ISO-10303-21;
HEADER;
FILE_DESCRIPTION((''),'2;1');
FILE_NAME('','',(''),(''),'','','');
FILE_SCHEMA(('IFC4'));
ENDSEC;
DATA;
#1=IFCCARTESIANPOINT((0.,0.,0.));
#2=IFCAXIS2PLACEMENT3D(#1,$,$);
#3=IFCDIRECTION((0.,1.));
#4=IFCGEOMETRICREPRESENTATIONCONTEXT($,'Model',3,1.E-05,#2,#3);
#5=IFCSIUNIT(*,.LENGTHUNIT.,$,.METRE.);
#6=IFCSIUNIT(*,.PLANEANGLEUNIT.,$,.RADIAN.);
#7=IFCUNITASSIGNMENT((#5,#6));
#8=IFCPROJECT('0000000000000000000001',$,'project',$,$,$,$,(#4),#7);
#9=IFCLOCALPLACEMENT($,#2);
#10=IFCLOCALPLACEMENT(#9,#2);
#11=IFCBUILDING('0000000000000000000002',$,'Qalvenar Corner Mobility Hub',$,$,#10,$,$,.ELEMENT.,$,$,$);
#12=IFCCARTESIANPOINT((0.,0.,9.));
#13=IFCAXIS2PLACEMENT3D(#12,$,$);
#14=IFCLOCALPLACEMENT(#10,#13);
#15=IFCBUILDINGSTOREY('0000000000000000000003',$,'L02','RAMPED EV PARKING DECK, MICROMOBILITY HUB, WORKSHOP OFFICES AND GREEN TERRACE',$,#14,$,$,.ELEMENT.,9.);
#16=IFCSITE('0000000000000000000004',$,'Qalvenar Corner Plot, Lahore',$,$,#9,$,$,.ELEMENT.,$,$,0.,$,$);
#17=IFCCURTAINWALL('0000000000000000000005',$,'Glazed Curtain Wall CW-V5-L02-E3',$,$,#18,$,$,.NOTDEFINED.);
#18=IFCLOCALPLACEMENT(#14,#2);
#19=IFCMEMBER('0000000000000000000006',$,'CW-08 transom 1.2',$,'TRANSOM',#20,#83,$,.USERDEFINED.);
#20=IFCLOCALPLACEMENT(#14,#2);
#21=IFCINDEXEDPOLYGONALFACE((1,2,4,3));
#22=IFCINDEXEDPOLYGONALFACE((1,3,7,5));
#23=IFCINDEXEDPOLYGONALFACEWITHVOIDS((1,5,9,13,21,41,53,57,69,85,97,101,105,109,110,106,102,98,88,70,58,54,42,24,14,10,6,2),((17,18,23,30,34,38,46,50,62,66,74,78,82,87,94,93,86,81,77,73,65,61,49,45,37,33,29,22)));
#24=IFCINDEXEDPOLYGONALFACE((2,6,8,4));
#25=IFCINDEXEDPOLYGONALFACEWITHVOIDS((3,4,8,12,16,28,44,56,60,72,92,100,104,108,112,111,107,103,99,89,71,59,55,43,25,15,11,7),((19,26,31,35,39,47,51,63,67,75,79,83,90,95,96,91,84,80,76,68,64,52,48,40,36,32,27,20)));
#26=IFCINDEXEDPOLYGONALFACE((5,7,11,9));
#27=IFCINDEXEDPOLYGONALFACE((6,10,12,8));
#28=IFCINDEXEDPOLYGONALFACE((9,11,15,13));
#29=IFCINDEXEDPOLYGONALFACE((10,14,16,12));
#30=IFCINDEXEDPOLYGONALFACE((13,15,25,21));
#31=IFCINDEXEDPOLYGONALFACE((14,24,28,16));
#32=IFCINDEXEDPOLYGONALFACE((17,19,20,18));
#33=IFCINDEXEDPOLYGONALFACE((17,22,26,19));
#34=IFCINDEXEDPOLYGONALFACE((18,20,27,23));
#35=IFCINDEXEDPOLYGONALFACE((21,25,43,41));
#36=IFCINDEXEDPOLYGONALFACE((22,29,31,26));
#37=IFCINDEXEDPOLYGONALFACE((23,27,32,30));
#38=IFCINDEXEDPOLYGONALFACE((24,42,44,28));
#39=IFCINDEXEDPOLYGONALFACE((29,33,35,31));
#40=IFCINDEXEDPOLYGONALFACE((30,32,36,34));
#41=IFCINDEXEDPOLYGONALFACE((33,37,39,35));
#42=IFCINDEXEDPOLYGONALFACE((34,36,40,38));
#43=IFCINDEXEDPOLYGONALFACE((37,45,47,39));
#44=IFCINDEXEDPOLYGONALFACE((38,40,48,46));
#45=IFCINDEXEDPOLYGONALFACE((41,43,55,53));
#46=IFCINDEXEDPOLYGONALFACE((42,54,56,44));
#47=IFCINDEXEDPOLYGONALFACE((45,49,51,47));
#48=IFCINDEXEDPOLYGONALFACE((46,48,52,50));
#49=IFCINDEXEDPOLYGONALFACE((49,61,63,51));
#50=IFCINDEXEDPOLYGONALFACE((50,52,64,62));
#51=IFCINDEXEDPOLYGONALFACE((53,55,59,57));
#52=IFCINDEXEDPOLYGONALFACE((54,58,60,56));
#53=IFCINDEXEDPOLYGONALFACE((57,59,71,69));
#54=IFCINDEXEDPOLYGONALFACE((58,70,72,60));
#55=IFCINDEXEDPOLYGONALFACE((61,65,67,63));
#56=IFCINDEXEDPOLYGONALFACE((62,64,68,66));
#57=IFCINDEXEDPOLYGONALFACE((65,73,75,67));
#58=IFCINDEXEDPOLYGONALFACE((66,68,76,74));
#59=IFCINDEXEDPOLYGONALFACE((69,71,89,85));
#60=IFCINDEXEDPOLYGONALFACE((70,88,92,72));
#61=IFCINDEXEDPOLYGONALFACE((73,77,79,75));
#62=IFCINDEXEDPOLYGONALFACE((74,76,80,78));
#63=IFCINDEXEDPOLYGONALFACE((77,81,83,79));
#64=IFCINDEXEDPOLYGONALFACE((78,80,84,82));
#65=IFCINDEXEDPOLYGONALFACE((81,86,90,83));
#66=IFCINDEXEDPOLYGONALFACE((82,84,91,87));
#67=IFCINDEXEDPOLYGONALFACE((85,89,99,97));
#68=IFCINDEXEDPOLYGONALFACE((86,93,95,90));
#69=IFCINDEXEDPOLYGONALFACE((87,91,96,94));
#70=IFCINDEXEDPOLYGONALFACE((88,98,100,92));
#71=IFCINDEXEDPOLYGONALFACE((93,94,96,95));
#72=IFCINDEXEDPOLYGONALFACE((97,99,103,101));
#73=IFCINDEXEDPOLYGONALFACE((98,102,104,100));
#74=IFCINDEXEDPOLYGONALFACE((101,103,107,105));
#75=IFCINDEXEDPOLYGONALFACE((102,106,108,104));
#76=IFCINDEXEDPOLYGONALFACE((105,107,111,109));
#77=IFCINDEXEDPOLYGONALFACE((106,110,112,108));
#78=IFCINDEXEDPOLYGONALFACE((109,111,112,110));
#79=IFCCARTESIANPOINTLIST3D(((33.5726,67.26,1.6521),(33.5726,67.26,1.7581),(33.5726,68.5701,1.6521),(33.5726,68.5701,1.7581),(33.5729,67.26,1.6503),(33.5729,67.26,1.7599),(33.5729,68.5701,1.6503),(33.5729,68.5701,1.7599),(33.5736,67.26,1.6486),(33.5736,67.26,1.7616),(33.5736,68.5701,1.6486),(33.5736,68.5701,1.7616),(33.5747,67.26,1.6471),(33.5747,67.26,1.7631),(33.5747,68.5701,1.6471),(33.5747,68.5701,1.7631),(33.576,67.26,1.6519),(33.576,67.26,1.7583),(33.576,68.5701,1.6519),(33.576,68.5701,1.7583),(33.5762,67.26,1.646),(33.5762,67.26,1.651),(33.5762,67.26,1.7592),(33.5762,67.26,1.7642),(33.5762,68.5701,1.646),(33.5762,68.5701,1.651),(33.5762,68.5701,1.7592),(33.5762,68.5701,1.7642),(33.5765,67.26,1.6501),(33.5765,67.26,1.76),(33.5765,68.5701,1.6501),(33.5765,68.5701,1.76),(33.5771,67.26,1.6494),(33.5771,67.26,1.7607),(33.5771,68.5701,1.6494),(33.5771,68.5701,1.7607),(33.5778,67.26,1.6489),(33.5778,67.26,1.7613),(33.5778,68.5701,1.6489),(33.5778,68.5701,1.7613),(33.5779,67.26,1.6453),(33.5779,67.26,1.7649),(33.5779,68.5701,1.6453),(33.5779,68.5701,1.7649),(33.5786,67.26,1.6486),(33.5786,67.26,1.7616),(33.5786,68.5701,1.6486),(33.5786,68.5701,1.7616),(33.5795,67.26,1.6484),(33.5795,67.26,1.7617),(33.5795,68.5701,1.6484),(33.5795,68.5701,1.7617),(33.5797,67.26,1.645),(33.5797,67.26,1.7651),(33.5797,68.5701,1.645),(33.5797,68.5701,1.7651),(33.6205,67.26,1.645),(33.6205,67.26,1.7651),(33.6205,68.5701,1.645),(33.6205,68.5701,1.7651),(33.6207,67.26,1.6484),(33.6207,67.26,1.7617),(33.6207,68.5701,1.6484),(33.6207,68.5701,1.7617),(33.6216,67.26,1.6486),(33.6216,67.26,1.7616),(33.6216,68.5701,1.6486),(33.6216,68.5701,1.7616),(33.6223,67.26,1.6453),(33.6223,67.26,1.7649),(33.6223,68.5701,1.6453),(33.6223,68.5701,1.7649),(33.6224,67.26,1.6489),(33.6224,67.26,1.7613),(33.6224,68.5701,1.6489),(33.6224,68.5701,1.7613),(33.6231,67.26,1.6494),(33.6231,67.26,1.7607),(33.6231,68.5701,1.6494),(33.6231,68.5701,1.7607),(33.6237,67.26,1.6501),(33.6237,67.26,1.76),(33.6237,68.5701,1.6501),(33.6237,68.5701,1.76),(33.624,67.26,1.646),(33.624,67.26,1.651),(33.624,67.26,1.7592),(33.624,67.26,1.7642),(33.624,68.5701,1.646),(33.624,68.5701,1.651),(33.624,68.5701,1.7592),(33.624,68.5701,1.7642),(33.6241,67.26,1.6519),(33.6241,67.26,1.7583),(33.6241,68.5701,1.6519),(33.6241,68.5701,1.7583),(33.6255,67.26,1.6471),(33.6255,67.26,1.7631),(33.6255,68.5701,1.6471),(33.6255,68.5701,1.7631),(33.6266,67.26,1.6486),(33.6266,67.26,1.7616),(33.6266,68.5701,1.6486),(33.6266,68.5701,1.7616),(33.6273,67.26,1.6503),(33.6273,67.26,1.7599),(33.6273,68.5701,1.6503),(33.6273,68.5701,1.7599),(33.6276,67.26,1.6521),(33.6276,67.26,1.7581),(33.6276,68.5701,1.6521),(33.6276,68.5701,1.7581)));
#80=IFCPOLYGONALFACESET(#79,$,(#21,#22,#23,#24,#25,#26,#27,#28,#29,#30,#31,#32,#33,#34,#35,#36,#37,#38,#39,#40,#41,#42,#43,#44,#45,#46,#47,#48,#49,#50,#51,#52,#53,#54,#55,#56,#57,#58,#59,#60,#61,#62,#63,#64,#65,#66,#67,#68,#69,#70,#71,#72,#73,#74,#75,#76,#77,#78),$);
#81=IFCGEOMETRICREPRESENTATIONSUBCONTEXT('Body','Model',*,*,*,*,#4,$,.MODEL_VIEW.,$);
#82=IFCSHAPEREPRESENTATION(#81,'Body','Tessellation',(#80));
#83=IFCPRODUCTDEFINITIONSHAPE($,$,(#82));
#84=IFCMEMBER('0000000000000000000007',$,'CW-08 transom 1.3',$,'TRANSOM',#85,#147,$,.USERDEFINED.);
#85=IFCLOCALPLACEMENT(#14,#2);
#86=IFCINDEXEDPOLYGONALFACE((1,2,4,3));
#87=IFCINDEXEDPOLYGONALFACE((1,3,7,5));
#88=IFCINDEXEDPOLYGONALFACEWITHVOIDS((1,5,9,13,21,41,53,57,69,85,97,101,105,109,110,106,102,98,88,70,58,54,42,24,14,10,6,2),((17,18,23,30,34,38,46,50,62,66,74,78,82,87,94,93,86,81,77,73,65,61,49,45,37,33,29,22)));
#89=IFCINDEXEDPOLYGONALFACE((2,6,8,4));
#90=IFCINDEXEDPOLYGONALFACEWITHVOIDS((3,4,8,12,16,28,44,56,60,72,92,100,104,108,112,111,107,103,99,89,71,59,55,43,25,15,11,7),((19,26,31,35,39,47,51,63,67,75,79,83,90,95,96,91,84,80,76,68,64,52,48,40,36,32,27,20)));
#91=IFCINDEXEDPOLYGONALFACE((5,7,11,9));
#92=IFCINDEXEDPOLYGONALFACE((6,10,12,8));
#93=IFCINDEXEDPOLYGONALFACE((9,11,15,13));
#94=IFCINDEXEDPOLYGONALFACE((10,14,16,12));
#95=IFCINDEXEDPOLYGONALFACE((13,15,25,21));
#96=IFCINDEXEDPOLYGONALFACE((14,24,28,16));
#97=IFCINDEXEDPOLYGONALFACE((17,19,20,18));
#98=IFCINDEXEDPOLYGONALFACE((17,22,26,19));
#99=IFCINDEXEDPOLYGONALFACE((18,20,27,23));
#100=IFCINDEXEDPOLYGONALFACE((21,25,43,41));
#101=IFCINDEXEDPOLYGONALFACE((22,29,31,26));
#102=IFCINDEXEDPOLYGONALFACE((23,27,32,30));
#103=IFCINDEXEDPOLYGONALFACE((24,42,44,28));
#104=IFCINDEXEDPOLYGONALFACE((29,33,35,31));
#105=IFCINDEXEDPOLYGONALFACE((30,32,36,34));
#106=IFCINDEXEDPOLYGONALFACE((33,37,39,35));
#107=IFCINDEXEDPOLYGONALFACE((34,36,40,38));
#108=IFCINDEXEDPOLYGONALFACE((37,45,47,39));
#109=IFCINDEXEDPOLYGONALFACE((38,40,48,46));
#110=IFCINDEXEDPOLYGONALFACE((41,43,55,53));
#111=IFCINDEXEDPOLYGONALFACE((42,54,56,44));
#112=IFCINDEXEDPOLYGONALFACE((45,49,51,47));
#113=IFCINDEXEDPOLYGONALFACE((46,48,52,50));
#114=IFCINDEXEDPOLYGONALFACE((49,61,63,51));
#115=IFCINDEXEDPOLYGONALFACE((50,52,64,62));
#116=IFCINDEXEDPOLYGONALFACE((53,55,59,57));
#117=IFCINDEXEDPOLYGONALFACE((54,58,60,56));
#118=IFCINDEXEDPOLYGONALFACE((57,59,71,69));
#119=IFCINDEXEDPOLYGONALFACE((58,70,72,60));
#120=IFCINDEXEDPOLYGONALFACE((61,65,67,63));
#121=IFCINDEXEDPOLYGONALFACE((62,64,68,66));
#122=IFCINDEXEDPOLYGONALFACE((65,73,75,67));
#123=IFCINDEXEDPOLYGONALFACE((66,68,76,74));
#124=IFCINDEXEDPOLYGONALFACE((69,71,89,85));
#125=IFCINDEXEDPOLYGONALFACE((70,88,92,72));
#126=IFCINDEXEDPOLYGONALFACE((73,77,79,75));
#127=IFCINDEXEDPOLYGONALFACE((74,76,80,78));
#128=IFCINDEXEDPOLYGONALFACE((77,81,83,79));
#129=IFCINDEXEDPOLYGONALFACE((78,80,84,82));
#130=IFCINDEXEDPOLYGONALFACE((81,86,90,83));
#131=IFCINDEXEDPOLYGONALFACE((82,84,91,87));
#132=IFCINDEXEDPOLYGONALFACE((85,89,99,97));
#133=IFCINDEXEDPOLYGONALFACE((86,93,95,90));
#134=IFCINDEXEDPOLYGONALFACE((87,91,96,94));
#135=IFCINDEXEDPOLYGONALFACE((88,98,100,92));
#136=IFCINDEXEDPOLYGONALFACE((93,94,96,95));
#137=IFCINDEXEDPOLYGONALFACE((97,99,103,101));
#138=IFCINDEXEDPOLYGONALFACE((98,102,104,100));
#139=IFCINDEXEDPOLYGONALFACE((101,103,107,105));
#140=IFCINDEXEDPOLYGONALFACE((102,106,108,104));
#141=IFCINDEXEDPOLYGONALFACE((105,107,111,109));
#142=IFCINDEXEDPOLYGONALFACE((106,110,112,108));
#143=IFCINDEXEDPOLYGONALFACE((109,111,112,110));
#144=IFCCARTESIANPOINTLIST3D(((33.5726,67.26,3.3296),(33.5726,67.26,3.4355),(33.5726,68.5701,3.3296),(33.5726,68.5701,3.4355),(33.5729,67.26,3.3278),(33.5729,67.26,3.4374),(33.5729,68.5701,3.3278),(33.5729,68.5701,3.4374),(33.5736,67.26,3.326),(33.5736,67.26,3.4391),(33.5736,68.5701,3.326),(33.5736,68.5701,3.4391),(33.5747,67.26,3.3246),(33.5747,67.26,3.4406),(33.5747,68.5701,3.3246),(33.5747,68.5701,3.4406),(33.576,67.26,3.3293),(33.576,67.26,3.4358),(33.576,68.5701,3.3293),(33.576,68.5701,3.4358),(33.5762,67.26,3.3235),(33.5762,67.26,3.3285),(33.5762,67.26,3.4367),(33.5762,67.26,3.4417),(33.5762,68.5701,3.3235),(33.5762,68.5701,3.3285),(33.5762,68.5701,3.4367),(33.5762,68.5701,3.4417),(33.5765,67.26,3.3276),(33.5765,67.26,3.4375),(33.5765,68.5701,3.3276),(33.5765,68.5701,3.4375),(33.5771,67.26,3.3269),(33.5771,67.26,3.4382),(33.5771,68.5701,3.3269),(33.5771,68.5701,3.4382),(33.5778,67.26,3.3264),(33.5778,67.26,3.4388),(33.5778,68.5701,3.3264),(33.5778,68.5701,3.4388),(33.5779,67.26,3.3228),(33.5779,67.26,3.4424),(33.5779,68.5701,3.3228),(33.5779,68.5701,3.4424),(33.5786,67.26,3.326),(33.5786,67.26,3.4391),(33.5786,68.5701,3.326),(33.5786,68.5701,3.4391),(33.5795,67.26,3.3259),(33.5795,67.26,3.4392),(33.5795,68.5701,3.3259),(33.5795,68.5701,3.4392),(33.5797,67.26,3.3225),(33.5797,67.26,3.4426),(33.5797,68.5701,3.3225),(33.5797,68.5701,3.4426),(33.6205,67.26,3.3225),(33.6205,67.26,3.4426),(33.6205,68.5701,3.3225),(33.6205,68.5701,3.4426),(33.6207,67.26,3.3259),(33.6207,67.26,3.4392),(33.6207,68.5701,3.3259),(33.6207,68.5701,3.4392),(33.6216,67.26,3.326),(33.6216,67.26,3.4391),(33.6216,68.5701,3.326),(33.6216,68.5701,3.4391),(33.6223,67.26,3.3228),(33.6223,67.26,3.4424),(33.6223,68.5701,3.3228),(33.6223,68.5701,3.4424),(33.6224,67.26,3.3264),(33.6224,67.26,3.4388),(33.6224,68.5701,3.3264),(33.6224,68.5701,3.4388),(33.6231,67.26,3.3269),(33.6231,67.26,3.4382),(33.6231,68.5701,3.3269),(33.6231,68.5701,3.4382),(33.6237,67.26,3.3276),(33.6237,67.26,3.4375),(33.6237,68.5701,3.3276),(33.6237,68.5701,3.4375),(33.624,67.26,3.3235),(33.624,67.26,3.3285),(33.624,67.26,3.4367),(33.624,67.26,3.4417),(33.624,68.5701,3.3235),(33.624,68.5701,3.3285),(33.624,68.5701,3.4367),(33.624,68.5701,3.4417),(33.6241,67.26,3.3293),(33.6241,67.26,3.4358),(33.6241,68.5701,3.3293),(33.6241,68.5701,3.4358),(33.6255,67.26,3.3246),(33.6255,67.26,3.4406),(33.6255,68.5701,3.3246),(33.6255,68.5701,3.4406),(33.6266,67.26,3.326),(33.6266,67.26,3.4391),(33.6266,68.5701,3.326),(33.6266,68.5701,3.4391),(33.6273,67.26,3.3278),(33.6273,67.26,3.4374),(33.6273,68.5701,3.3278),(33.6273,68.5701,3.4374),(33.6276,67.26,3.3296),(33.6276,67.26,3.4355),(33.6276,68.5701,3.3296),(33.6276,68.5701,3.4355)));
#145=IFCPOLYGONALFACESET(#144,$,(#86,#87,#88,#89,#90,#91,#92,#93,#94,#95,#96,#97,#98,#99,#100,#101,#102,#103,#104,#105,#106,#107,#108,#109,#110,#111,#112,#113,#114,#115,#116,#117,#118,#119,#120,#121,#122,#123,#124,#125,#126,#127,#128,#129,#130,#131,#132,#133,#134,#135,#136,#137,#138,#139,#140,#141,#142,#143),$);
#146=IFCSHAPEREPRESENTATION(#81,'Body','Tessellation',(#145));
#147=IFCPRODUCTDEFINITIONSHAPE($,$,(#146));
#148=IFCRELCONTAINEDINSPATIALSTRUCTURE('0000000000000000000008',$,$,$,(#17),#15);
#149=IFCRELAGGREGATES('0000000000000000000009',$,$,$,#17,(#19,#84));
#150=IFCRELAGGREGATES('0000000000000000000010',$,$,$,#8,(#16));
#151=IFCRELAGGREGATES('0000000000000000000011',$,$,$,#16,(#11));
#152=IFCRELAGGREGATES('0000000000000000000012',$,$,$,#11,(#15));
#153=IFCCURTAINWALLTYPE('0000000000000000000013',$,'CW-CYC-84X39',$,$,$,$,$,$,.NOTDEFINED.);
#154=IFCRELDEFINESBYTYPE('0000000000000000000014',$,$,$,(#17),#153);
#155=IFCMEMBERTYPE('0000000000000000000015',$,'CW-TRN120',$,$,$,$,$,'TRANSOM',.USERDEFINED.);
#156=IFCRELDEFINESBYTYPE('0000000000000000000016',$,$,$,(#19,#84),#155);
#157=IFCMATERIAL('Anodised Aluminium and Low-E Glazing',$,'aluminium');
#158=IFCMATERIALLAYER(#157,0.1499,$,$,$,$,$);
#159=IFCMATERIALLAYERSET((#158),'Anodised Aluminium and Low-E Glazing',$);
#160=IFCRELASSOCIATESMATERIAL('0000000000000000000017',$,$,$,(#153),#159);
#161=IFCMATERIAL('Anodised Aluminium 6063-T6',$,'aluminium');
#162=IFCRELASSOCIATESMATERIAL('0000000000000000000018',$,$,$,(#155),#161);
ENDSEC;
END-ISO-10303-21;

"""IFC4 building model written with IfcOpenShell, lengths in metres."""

from ifc_helpers import new_model, si_unit, direction, frame, origin, origin_2d, place, context, subcontext, project, spatial, hollow_rectangle, extrude, material, layer, layer_set, material_profile, profile_set, type_object, element, aggregate, save


model = new_model("IFC4")

# Units and contexts
model_context = context("Model", 3, precision=1e-05, world=origin(), true_north=direction((0.0, 1.0)))
body_context = subcontext(model_context, "Body", "Model", "MODEL_VIEW")
ifc_project = project(units=[si_unit("LENGTHUNIT", "METRE"), si_unit("PLANEANGLEUNIT", "RADIAN")], contexts=[model_context])

# Site, building, storey
site_placement = place(None, origin())
site = spatial("IfcSite", under=ifc_project, at=site_placement, Name="Qalvenar Corner Plot, Lahore", CompositionType="ELEMENT", RefElevation=0.0)
building_placement = place(site_placement, origin())
building = spatial("IfcBuilding", under=site, at=building_placement, Name="Qalvenar Corner Mobility Hub", CompositionType="ELEMENT")
storey_placement = place(building_placement, frame((0.0, 0.0, 9.0)))
storey = spatial("IfcBuildingStorey", under=building, at=storey_placement, Name="L02", Description="RAMPED EV PARKING DECK, MICROMOBILITY HUB, WORKSHOP OFFICES AND GREEN TERRACE", CompositionType="ELEMENT", Elevation=9.0)

# Curtain wall, members
ifc_material_1 = material(Name="Anodised Aluminium and Low-E Glazing", Category="aluminium")
ifc_layer_1 = layer(ifc_material_1, 0.1499)
ifc_layer_set_1 = layer_set([ifc_layer_1], Name="Anodised Aluminium and Low-E Glazing")
curtain_wall_type = type_object("IfcCurtainWallType", Name="CW-CYC-84X39", PredefinedType="NOTDEFINED", material=ifc_layer_set_1)
curtain_wall_placement = place(storey_placement, origin())
curtain_wall = element("IfcCurtainWall", 1, at=curtain_wall_placement, inside=storey, type_object=curtain_wall_type, Name="Glazed Curtain Wall CW-V5-L02-E3", PredefinedType="NOTDEFINED")
ifc_material_2 = material(Name="Anodised Aluminium 6063-T6", Category="aluminium")
ifc_material_profile_1 = material_profile(ifc_material_2, hollow_rectangle(XDim=0.0549, YDim=0.1201, WallThickness=0.0034, InnerFilletRadius=0.0034, OuterFilletRadius=0.0071, at=origin_2d()), Name="RHS120x55x3.5")
ifc_profile_set_1 = profile_set([ifc_material_profile_1], Name="Anodised Aluminium 6063-T6")
member_type_1 = type_object("IfcMemberType", Name="CW-TRN120", ElementType="TRANSOM", PredefinedType="USERDEFINED", material=ifc_profile_set_1)
member_1_placement = place(storey_placement, frame((33.6001, 67.26, 1.7051), z_axis=(0.0, 1.0, 0.0), x_axis=(-1.0, 0.0, 0.0)))
member_1 = element("IfcMember", 2, at=member_1_placement, type_object=member_type_1, Name="CW-08 transom 1.2", ObjectType="TRANSOM", PredefinedType="USERDEFINED", context=body_context, shape_type="SweptSolid", body=[
    extrude(hollow_rectangle(XDim=0.0549, YDim=0.1201, WallThickness=0.0034, InnerFilletRadius=0.0034, OuterFilletRadius=0.0071, at=origin_2d()), origin(), (0.0, 0.0, 1.0), 1.3101),
])
member_2_placement = place(storey_placement, frame((33.6001, 67.26, 3.3826), z_axis=(0.0, 1.0, 0.0), x_axis=(-1.0, 0.0, 0.0)))
member_2 = element("IfcMember", 3, at=member_2_placement, type_object=member_type_1, Name="CW-08 transom 1.3", ObjectType="TRANSOM", PredefinedType="USERDEFINED", context=body_context, shape_type="SweptSolid", body=[
    extrude(hollow_rectangle(XDim=0.0549, YDim=0.1201, WallThickness=0.0034, InnerFilletRadius=0.0034, OuterFilletRadius=0.0071, at=origin_2d()), origin(), (0.0, 0.0, 1.0), 1.3101),
])
aggregate(curtain_wall, [member_1, member_2])

save(model, "model.ifc")
